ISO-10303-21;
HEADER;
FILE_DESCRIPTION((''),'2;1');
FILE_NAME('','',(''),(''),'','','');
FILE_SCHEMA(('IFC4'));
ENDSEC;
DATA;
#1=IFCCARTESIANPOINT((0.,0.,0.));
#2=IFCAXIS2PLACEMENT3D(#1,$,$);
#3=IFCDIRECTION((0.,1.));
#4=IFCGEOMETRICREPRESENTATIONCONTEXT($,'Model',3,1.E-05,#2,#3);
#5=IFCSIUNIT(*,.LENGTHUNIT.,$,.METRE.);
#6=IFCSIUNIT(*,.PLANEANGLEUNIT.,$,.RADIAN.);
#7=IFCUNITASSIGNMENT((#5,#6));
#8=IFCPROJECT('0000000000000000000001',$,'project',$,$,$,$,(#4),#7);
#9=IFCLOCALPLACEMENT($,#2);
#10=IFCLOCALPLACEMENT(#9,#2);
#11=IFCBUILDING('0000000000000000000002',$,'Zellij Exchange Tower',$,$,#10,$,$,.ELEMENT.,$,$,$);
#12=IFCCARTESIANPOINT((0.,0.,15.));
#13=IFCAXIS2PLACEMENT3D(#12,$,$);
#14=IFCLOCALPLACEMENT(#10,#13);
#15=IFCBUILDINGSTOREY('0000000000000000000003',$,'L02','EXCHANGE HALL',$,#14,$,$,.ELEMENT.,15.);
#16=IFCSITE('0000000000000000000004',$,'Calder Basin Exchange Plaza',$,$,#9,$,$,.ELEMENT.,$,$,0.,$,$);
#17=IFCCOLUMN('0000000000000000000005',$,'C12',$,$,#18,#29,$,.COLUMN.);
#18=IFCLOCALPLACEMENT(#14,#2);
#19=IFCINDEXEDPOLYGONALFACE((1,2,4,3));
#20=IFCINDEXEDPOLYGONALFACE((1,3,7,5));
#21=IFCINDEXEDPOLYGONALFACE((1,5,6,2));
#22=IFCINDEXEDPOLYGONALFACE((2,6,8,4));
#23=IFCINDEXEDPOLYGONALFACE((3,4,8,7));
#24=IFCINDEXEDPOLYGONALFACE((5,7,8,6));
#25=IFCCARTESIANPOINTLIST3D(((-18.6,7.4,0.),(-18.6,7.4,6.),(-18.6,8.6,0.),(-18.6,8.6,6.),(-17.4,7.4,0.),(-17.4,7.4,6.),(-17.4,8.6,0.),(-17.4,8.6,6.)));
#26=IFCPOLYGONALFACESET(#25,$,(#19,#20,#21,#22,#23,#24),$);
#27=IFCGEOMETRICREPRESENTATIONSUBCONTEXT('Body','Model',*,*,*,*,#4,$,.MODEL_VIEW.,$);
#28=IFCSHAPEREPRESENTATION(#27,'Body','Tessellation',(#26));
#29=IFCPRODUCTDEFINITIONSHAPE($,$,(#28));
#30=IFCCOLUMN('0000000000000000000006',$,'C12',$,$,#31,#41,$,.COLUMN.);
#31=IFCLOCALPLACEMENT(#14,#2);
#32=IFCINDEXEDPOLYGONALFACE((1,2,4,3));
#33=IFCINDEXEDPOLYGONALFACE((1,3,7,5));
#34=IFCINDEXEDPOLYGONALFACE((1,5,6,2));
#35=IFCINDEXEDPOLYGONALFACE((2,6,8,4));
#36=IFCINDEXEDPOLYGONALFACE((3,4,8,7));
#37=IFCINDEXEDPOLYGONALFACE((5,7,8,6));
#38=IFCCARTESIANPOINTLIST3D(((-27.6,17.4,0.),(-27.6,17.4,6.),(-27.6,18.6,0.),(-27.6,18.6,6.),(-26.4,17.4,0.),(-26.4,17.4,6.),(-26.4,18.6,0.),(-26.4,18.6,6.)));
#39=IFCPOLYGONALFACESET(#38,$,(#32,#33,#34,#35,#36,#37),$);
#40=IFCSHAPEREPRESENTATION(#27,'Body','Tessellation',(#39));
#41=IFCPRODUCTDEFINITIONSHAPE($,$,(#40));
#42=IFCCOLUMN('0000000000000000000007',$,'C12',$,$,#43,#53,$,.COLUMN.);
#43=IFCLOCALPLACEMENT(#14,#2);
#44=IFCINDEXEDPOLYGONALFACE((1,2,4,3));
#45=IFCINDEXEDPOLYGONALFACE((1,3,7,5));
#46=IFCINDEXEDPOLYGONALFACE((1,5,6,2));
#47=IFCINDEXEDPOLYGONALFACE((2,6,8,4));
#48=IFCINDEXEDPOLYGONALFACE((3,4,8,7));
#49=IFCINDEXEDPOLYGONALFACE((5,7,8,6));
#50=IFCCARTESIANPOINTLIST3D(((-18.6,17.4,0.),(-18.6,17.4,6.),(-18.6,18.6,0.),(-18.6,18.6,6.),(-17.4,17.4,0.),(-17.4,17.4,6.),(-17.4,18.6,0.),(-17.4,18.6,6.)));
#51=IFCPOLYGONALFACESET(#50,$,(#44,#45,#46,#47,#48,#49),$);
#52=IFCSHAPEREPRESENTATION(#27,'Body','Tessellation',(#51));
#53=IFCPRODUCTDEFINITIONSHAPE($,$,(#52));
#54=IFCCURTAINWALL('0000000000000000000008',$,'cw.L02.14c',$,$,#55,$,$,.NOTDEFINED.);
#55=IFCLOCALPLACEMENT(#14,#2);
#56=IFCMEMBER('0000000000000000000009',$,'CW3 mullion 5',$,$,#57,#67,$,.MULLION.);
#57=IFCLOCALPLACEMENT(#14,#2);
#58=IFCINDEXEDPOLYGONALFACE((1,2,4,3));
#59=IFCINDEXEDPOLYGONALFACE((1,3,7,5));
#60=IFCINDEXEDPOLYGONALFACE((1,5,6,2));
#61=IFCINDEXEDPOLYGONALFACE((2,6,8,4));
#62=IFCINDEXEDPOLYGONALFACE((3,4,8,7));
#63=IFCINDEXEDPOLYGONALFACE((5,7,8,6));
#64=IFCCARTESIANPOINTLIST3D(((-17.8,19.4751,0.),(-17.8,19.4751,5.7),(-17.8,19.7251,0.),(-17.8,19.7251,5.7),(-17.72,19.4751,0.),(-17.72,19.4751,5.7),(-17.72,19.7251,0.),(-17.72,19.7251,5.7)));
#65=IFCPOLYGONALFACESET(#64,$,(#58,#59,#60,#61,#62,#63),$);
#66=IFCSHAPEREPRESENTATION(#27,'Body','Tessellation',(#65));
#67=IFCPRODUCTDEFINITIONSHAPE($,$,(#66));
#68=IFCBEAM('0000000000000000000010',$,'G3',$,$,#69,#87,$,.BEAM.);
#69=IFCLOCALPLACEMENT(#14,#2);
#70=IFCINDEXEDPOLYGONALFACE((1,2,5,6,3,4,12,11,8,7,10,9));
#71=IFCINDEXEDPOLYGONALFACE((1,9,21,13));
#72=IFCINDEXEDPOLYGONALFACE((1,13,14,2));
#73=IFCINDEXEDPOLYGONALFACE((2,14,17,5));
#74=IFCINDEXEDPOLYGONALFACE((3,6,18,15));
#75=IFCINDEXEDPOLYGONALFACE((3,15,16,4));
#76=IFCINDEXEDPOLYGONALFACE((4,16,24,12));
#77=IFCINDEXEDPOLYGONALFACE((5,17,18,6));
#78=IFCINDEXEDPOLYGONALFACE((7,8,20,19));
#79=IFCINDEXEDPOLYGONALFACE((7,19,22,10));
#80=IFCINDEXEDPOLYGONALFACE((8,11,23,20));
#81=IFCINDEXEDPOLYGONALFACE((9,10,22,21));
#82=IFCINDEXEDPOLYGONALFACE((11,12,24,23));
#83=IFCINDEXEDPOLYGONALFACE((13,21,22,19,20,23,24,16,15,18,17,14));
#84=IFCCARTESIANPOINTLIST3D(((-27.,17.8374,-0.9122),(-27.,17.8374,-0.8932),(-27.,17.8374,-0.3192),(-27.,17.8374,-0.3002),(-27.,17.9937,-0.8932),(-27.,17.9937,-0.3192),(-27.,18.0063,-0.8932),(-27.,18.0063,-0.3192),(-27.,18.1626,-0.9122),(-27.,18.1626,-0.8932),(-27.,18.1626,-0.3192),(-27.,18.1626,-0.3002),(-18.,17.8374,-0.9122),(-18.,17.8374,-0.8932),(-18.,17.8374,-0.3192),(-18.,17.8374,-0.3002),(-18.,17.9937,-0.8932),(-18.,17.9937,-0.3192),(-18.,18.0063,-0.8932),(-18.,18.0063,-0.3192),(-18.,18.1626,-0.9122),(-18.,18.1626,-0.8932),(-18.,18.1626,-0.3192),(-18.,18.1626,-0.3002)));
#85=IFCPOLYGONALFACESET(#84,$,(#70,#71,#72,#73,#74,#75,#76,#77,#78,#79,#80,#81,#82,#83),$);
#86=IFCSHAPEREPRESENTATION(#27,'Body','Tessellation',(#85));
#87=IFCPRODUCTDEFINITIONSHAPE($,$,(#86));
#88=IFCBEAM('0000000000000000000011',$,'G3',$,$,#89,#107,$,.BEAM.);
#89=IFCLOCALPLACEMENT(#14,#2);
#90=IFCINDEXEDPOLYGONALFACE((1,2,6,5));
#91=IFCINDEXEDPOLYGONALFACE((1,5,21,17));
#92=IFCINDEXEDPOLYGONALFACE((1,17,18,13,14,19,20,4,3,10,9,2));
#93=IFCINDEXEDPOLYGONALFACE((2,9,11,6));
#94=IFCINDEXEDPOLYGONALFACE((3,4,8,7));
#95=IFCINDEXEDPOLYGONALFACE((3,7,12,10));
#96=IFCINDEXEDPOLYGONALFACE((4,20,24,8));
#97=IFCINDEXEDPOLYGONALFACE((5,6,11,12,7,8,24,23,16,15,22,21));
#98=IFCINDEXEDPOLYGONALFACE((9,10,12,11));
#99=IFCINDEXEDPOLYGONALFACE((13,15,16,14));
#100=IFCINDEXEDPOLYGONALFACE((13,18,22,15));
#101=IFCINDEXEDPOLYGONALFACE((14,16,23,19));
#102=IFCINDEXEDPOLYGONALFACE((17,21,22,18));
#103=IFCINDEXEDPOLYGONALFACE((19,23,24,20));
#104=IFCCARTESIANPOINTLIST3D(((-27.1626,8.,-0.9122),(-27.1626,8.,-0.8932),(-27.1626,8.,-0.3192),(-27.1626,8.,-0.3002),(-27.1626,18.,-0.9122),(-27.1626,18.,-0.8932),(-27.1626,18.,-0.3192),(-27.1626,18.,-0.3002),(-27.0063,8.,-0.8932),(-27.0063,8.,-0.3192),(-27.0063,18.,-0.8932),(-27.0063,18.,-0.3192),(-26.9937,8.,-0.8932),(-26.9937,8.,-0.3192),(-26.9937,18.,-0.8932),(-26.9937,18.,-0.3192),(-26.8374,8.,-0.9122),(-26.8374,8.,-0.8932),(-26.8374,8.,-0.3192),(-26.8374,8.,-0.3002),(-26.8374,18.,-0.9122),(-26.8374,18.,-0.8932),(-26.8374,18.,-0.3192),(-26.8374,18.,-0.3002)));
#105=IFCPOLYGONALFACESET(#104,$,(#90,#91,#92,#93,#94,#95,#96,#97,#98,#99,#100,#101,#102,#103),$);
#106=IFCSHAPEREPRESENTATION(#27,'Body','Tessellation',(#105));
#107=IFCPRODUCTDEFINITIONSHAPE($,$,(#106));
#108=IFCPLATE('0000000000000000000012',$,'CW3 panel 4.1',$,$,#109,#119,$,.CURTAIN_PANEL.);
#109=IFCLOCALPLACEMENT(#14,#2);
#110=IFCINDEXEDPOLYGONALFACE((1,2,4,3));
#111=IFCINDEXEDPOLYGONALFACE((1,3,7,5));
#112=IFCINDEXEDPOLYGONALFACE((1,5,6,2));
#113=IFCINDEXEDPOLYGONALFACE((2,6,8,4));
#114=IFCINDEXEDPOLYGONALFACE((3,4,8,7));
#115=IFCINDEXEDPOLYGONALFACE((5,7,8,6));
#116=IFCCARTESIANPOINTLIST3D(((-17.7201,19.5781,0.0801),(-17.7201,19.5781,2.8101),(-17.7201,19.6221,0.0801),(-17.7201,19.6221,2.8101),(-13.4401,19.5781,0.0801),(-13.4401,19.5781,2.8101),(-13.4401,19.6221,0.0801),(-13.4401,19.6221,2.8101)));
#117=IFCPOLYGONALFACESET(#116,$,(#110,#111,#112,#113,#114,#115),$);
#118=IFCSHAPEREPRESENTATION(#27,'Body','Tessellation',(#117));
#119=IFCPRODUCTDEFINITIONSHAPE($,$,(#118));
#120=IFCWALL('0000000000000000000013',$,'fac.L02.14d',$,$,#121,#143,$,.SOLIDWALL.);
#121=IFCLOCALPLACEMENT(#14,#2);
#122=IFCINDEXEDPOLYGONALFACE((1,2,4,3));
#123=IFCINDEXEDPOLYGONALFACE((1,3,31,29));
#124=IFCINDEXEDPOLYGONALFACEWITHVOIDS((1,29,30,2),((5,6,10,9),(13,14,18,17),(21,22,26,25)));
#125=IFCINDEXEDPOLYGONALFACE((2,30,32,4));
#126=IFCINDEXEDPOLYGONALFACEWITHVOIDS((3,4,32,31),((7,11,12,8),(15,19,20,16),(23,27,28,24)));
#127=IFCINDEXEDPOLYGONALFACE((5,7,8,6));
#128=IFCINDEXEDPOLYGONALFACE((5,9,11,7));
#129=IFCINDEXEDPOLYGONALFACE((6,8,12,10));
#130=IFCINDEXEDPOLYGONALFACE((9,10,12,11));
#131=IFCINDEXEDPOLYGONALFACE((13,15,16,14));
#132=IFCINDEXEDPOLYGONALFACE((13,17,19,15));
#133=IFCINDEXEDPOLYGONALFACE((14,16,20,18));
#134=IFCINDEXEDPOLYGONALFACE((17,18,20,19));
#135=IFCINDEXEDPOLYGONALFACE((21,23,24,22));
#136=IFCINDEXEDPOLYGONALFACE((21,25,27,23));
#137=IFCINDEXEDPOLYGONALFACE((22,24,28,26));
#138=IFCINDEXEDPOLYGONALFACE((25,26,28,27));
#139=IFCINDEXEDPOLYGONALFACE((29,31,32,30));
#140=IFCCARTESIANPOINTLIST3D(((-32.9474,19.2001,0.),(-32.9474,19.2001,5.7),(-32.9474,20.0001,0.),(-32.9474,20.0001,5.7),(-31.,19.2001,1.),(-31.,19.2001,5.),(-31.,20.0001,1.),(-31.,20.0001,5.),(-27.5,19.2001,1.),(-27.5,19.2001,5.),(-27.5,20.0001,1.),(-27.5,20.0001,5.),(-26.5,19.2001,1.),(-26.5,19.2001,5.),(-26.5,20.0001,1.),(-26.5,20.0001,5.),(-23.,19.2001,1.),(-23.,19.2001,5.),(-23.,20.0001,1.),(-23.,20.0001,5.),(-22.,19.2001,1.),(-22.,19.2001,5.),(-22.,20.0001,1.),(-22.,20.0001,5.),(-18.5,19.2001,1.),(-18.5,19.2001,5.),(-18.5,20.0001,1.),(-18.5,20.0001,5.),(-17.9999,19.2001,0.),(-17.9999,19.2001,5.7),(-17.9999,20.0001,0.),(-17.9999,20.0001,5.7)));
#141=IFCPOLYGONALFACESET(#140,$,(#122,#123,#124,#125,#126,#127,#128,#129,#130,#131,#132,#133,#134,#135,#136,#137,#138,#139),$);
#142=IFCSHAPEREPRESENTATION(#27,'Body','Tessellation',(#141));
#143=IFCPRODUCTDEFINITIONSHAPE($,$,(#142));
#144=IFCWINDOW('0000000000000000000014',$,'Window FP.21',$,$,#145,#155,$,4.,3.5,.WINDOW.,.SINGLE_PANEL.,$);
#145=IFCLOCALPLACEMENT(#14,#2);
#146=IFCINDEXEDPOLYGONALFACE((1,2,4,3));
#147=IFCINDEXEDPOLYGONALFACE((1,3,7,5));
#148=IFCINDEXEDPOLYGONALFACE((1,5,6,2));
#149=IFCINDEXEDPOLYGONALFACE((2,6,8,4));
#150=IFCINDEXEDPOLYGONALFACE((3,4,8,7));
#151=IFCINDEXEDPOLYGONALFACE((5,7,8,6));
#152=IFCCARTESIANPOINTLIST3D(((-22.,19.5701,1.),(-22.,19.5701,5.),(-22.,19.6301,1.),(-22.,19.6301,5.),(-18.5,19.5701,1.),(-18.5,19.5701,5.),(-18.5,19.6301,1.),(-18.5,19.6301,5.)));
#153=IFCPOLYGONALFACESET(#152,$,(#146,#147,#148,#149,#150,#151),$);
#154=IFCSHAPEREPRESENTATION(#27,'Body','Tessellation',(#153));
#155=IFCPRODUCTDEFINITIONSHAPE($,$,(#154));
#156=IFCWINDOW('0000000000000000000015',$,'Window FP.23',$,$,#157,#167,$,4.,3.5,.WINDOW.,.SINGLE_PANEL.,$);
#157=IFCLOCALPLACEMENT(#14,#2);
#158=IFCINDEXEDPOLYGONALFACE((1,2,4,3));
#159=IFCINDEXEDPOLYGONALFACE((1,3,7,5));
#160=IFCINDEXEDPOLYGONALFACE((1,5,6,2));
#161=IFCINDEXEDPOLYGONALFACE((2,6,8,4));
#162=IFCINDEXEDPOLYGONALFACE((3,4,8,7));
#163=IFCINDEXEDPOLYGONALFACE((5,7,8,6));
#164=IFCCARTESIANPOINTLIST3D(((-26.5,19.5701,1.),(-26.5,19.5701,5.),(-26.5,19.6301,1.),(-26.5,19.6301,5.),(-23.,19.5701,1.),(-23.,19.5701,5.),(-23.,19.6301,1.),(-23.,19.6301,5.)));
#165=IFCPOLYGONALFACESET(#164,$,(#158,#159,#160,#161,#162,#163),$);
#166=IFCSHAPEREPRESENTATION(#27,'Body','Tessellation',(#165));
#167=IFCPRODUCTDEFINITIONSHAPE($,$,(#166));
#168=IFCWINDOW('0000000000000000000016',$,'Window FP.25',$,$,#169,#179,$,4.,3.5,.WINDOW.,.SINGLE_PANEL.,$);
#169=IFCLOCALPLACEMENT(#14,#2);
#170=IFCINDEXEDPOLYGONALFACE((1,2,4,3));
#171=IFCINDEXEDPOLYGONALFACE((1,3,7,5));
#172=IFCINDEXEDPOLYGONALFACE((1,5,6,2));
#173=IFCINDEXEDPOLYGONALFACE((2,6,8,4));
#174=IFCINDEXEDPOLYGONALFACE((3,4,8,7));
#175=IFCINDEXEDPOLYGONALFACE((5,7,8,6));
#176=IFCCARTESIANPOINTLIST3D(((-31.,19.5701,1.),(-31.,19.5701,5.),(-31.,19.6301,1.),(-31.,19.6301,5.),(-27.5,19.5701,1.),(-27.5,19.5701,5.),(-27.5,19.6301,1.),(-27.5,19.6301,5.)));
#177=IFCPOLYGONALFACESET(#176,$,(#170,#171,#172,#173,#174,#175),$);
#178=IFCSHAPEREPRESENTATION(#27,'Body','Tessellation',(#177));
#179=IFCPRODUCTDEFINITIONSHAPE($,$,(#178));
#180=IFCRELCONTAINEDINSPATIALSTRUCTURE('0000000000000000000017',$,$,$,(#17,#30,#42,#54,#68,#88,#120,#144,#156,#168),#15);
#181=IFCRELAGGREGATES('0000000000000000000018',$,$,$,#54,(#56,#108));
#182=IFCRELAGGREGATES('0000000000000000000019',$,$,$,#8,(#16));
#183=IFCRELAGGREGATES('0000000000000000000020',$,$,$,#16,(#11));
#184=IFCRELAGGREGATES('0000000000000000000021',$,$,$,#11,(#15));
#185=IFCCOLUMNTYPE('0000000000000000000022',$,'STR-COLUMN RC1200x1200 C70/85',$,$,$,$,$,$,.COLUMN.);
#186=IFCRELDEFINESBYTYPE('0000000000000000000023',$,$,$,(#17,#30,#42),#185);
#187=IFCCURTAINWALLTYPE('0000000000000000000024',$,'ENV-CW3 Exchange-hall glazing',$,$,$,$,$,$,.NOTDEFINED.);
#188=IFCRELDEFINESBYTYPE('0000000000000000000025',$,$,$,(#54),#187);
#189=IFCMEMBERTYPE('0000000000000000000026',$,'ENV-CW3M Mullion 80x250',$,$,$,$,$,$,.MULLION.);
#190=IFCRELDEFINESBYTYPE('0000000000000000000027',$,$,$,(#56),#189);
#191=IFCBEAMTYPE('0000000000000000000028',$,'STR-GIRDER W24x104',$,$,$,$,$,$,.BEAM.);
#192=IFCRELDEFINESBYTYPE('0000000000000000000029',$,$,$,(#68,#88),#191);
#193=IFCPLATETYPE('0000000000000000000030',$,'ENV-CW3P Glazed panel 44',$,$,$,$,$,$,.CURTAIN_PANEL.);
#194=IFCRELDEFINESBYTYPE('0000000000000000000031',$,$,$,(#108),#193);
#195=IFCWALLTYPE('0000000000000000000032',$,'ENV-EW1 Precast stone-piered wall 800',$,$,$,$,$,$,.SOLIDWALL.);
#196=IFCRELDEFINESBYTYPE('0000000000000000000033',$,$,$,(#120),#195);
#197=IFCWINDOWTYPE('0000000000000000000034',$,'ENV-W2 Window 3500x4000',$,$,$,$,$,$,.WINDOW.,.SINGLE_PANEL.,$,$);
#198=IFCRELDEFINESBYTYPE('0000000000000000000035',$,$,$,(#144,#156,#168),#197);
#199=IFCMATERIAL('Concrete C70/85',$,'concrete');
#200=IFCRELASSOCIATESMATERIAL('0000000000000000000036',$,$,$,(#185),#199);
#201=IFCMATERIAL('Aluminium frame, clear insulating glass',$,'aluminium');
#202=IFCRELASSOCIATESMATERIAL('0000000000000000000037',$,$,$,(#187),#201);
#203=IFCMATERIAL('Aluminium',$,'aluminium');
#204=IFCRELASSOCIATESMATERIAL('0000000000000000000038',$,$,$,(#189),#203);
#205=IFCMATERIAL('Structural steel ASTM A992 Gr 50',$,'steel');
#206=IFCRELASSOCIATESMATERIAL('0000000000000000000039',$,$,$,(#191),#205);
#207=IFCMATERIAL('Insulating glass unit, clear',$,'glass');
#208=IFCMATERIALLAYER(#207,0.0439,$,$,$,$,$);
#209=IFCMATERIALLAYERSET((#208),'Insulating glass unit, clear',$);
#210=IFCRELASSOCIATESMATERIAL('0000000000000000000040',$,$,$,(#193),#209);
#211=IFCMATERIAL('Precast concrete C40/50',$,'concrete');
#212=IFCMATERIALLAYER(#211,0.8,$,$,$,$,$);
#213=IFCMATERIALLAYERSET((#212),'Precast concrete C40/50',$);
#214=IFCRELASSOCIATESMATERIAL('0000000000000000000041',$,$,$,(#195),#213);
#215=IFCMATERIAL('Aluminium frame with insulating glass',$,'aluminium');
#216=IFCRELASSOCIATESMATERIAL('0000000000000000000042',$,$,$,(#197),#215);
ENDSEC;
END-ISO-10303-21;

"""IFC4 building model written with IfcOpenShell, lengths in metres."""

from ifc_helpers import new_model, si_unit, direction, frame, frame_2d, origin, origin_2d, place, context, subcontext, project, spatial, rectangle, i_section, extrude, material, layer, layer_set, material_profile, profile_set, type_object, element, fill, aggregate, save


model = new_model("IFC4")

# Units and contexts
model_context = context("Model", 3, precision=1e-05, world=origin(), true_north=direction((0.0, 1.0)))
body_context = subcontext(model_context, "Body", "Model", "MODEL_VIEW")
ifc_project = project(units=[si_unit("LENGTHUNIT", "METRE"), si_unit("PLANEANGLEUNIT", "RADIAN")], contexts=[model_context])

# Site, building, storey
site_placement = place(None, origin())
site = spatial("IfcSite", under=ifc_project, at=site_placement, Name="Calder Basin Exchange Plaza", CompositionType="ELEMENT", RefElevation=0.0)
building_placement = place(site_placement, origin())
building = spatial("IfcBuilding", under=site, at=building_placement, Name="Zellij Exchange Tower", CompositionType="ELEMENT")
storey_placement = place(building_placement, frame((0.0, 0.0, 15.0)))
storey = spatial("IfcBuildingStorey", under=building, at=storey_placement, Name="L02", Description="EXCHANGE HALL", CompositionType="ELEMENT", Elevation=15.0)

# Columns
ifc_material_1 = material(Name="Concrete C70/85", Category="concrete")
ifc_material_profile_1 = material_profile(ifc_material_1, rectangle(XDim=1.2, YDim=1.2, at=origin_2d()), Name="STR-COLUMN RC1200x1200 C70/85")
ifc_profile_set_1 = profile_set([ifc_material_profile_1], Name="Concrete C70/85")
column_type = type_object("IfcColumnType", Name="STR-COLUMN RC1200x1200 C70/85", PredefinedType="COLUMN", material=ifc_profile_set_1)
for number, where, z_axis, x_axis, name in (
    (1, (-18.0, 8.0, 0.0), (0.0, 0.0, 1.0), (1.0, 0.0, 0.0), "C12"),
    (2, (-27.0, 18.0, 0.0), (0.0, 0.0, 1.0), (1.0, 0.0, 0.0), "C12"),
    (3, (-18.0, 18.0, 0.0), (0.0, 0.0, 1.0), (1.0, 0.0, 0.0), "C12"),
):
    element("IfcColumn", number, at=place(storey_placement, frame(where, z_axis=z_axis, x_axis=x_axis)), inside=storey, type_object=column_type, Name=name, PredefinedType="COLUMN", context=body_context, shape_type="SweptSolid", body=[
        extrude(rectangle(XDim=1.2, YDim=1.2, at=origin_2d()), origin(), (0.0, 0.0, 1.0), 6.0),
    ])

# Curtain wall, member
ifc_material_2 = material(Name="Aluminium frame, clear insulating glass", Category="aluminium")
curtain_wall_type = type_object("IfcCurtainWallType", Name="ENV-CW3 Exchange-hall glazing", PredefinedType="NOTDEFINED", material=ifc_material_2)
curtain_wall_placement = place(storey_placement, origin())
curtain_wall = element("IfcCurtainWall", 4, at=curtain_wall_placement, inside=storey, type_object=curtain_wall_type, Name="cw.L02.14c", PredefinedType="NOTDEFINED")
ifc_material_3 = material(Name="Aluminium", Category="aluminium")
ifc_material_profile_2 = material_profile(ifc_material_3, rectangle(XDim=0.0801, YDim=0.25, at=origin_2d()), Name="AL 80x250")
ifc_profile_set_2 = profile_set([ifc_material_profile_2], Name="Aluminium")
member_type = type_object("IfcMemberType", Name="ENV-CW3M Mullion 80x250", PredefinedType="MULLION", material=ifc_profile_set_2)
member_placement = place(storey_placement, frame((-17.76, 19.6001, 0.0), z_axis=(0.0, 0.0, 1.0), x_axis=(-1.0, 0.0, 0.0)))
member = element("IfcMember", 5, at=member_placement, type_object=member_type, Name="CW3 mullion 5", PredefinedType="MULLION", context=body_context, shape_type="SweptSolid", body=[
    extrude(rectangle(XDim=0.0801, YDim=0.25, at=origin_2d()), origin(), (0.0, 0.0, 1.0), 5.7),
])

# Beams
ifc_material_4 = material(Name="Structural steel ASTM A992 Gr 50", Category="steel")
ifc_material_profile_3 = material_profile(ifc_material_4, i_section(OverallWidth=0.3252, OverallDepth=0.6121, WebThickness=0.0127, FlangeThickness=0.019, at=origin_2d()), Name="W24x104")
ifc_profile_set_3 = profile_set([ifc_material_profile_3], Name="Structural steel ASTM A992 Gr 50")
beam_type = type_object("IfcBeamType", Name="STR-GIRDER W24x104", PredefinedType="BEAM", material=ifc_profile_set_3)
beam_1_placement = place(storey_placement, frame((-27.0, 18.0, -0.6062), z_axis=(1.0, 0.0, 0.0), x_axis=(0.0, 1.0, 0.0)))
element("IfcBeam", 6, at=beam_1_placement, inside=storey, type_object=beam_type, Name="G3", PredefinedType="BEAM", context=body_context, shape_type="SweptSolid", body=[
    extrude(i_section(OverallWidth=0.3252, OverallDepth=0.6121, WebThickness=0.0127, FlangeThickness=0.019, at=origin_2d()), origin(), (0.0, 0.0, 1.0), 9.0),
])
beam_2_placement = place(storey_placement, frame((-27.0, 8.0, -0.6062), z_axis=(0.0, 1.0, 0.0), x_axis=(-1.0, 0.0, 0.0)))
element("IfcBeam", 7, at=beam_2_placement, inside=storey, type_object=beam_type, Name="G3", PredefinedType="BEAM", context=body_context, shape_type="SweptSolid", body=[
    extrude(i_section(OverallWidth=0.3252, OverallDepth=0.6121, WebThickness=0.0127, FlangeThickness=0.019, at=origin_2d()), origin(), (0.0, 0.0, 1.0), 10.0),
])

# Plate
ifc_material_5 = material(Name="Insulating glass unit, clear", Category="glass")
ifc_layer_1 = layer(ifc_material_5, 0.0439)
ifc_layer_set_1 = layer_set([ifc_layer_1], Name="Insulating glass unit, clear")
plate_type = type_object("IfcPlateType", Name="ENV-CW3P Glazed panel 44", PredefinedType="CURTAIN_PANEL", material=ifc_layer_set_1)
plate_placement = place(storey_placement, frame((-15.5801, 19.6001, 0.0801), z_axis=(0.0, 0.0, 1.0), x_axis=(-1.0, 0.0, 0.0)))
plate = element("IfcPlate", 8, at=plate_placement, type_object=plate_type, Name="CW3 panel 4.1", PredefinedType="CURTAIN_PANEL", context=body_context, shape_type="SweptSolid", body=[
    extrude(rectangle(XDim=4.28, YDim=0.0439, at=origin_2d()), origin(), (0.0, 0.0, 1.0), 2.73),
])
aggregate(curtain_wall, [member, plate])

# Wall, openings, windows
ifc_material_6 = material(Name="Precast concrete C40/50", Category="concrete")
ifc_layer_2 = layer(ifc_material_6, 0.8)
ifc_layer_set_2 = layer_set([ifc_layer_2], Name="Precast concrete C40/50")
wall_type_1 = type_object("IfcWallType", Name="ENV-EW1 Precast stone-piered wall 800", PredefinedType="SOLIDWALL", material=ifc_layer_set_2)
wall_1_placement = place(storey_placement, frame((-18.0, 19.6001, 0.0), z_axis=(0.0, 0.0, 1.0), x_axis=(-1.0, 0.0, 0.0)))
wall_1 = element("IfcWall", 9, at=wall_1_placement, inside=storey, type_object=wall_type_1, Name="fac.L02.14d", PredefinedType="SOLIDWALL", context=body_context, shape_type="SweptSolid", body=[
    extrude(rectangle(XDim=14.9475, YDim=0.8, at=frame_2d((7.4736, 0.0))), origin(), (0.0, 0.0, 1.0), 5.7),
])
opening_1_placement = place(wall_1_placement, frame((0.5, 0.0, 1.0)))
opening_1 = element("IfcOpeningElement", 10, at=opening_1_placement, cuts=wall_1, PredefinedType="OPENING", context=body_context, shape_type="SweptSolid", body=[
    extrude(rectangle(XDim=3.5, YDim=4.0, at=frame_2d((1.75, 2.0))), frame((0.0, 0.4121, 0.0), z_axis=(0.0, -1.0, 0.0), x_axis=(1.0, 0.0, 0.0)), (0.0, 0.0, 1.0), 0.824),
])
opening_2_placement = place(wall_1_placement, frame((5.0, 0.0, 1.0)))
opening_2 = element("IfcOpeningElement", 11, at=opening_2_placement, cuts=wall_1, PredefinedType="OPENING", context=body_context, shape_type="SweptSolid", body=[
    extrude(rectangle(XDim=3.5, YDim=4.0, at=frame_2d((1.75, 2.0))), frame((0.0, 0.4121, 0.0), z_axis=(0.0, -1.0, 0.0), x_axis=(1.0, 0.0, 0.0)), (0.0, 0.0, 1.0), 0.824),
])
opening_3_placement = place(wall_1_placement, frame((9.5, 0.0, 1.0)))
opening_3 = element("IfcOpeningElement", 12, at=opening_3_placement, cuts=wall_1, PredefinedType="OPENING", context=body_context, shape_type="SweptSolid", body=[
    extrude(rectangle(XDim=3.5, YDim=4.0, at=frame_2d((1.75, 2.0))), frame((0.0, 0.4121, 0.0), z_axis=(0.0, -1.0, 0.0), x_axis=(1.0, 0.0, 0.0)), (0.0, 0.0, 1.0), 0.824),
])
ifc_material_7 = material(Name="Aluminium frame with insulating glass", Category="aluminium")
window_type = type_object("IfcWindowType", Name="ENV-W2 Window 3500x4000", PartitioningType="SINGLE_PANEL", PredefinedType="WINDOW", material=ifc_material_7)
window_1_placement = place(opening_1_placement, origin())
window_1 = element("IfcWindow", 13, at=window_1_placement, inside=storey, type_object=window_type, Name="Window FP.21", OverallHeight=4.0, OverallWidth=3.5, PartitioningType="SINGLE_PANEL", PredefinedType="WINDOW", context=body_context, shape_type="SweptSolid", body=[
    extrude(rectangle(XDim=3.5, YDim=4.0, at=frame_2d((1.75, 2.0))), frame((0.0, 0.03, 0.0), z_axis=(0.0, -1.0, 0.0), x_axis=(1.0, 0.0, 0.0)), (0.0, 0.0, 1.0), 0.0601),
])
fill(opening_1, window_1)
window_2_placement = place(opening_2_placement, origin())
window_2 = element("IfcWindow", 14, at=window_2_placement, inside=storey, type_object=window_type, Name="Window FP.23", OverallHeight=4.0, OverallWidth=3.5, PartitioningType="SINGLE_PANEL", PredefinedType="WINDOW", context=body_context, shape_type="SweptSolid", body=[
    extrude(rectangle(XDim=3.5, YDim=4.0, at=frame_2d((1.75, 2.0))), frame((0.0, 0.03, 0.0), z_axis=(0.0, -1.0, 0.0), x_axis=(1.0, 0.0, 0.0)), (0.0, 0.0, 1.0), 0.0601),
])
fill(opening_2, window_2)
window_3_placement = place(opening_3_placement, origin())
window_3 = element("IfcWindow", 15, at=window_3_placement, inside=storey, type_object=window_type, Name="Window FP.25", OverallHeight=4.0, OverallWidth=3.5, PartitioningType="SINGLE_PANEL", PredefinedType="WINDOW", context=body_context, shape_type="SweptSolid", body=[
    extrude(rectangle(XDim=3.5, YDim=4.0, at=frame_2d((1.75, 2.0))), frame((0.0, 0.03, 0.0), z_axis=(0.0, -1.0, 0.0), x_axis=(1.0, 0.0, 0.0)), (0.0, 0.0, 1.0), 0.0601),
])
fill(opening_3, window_3)

save(model, "model.ifc")
